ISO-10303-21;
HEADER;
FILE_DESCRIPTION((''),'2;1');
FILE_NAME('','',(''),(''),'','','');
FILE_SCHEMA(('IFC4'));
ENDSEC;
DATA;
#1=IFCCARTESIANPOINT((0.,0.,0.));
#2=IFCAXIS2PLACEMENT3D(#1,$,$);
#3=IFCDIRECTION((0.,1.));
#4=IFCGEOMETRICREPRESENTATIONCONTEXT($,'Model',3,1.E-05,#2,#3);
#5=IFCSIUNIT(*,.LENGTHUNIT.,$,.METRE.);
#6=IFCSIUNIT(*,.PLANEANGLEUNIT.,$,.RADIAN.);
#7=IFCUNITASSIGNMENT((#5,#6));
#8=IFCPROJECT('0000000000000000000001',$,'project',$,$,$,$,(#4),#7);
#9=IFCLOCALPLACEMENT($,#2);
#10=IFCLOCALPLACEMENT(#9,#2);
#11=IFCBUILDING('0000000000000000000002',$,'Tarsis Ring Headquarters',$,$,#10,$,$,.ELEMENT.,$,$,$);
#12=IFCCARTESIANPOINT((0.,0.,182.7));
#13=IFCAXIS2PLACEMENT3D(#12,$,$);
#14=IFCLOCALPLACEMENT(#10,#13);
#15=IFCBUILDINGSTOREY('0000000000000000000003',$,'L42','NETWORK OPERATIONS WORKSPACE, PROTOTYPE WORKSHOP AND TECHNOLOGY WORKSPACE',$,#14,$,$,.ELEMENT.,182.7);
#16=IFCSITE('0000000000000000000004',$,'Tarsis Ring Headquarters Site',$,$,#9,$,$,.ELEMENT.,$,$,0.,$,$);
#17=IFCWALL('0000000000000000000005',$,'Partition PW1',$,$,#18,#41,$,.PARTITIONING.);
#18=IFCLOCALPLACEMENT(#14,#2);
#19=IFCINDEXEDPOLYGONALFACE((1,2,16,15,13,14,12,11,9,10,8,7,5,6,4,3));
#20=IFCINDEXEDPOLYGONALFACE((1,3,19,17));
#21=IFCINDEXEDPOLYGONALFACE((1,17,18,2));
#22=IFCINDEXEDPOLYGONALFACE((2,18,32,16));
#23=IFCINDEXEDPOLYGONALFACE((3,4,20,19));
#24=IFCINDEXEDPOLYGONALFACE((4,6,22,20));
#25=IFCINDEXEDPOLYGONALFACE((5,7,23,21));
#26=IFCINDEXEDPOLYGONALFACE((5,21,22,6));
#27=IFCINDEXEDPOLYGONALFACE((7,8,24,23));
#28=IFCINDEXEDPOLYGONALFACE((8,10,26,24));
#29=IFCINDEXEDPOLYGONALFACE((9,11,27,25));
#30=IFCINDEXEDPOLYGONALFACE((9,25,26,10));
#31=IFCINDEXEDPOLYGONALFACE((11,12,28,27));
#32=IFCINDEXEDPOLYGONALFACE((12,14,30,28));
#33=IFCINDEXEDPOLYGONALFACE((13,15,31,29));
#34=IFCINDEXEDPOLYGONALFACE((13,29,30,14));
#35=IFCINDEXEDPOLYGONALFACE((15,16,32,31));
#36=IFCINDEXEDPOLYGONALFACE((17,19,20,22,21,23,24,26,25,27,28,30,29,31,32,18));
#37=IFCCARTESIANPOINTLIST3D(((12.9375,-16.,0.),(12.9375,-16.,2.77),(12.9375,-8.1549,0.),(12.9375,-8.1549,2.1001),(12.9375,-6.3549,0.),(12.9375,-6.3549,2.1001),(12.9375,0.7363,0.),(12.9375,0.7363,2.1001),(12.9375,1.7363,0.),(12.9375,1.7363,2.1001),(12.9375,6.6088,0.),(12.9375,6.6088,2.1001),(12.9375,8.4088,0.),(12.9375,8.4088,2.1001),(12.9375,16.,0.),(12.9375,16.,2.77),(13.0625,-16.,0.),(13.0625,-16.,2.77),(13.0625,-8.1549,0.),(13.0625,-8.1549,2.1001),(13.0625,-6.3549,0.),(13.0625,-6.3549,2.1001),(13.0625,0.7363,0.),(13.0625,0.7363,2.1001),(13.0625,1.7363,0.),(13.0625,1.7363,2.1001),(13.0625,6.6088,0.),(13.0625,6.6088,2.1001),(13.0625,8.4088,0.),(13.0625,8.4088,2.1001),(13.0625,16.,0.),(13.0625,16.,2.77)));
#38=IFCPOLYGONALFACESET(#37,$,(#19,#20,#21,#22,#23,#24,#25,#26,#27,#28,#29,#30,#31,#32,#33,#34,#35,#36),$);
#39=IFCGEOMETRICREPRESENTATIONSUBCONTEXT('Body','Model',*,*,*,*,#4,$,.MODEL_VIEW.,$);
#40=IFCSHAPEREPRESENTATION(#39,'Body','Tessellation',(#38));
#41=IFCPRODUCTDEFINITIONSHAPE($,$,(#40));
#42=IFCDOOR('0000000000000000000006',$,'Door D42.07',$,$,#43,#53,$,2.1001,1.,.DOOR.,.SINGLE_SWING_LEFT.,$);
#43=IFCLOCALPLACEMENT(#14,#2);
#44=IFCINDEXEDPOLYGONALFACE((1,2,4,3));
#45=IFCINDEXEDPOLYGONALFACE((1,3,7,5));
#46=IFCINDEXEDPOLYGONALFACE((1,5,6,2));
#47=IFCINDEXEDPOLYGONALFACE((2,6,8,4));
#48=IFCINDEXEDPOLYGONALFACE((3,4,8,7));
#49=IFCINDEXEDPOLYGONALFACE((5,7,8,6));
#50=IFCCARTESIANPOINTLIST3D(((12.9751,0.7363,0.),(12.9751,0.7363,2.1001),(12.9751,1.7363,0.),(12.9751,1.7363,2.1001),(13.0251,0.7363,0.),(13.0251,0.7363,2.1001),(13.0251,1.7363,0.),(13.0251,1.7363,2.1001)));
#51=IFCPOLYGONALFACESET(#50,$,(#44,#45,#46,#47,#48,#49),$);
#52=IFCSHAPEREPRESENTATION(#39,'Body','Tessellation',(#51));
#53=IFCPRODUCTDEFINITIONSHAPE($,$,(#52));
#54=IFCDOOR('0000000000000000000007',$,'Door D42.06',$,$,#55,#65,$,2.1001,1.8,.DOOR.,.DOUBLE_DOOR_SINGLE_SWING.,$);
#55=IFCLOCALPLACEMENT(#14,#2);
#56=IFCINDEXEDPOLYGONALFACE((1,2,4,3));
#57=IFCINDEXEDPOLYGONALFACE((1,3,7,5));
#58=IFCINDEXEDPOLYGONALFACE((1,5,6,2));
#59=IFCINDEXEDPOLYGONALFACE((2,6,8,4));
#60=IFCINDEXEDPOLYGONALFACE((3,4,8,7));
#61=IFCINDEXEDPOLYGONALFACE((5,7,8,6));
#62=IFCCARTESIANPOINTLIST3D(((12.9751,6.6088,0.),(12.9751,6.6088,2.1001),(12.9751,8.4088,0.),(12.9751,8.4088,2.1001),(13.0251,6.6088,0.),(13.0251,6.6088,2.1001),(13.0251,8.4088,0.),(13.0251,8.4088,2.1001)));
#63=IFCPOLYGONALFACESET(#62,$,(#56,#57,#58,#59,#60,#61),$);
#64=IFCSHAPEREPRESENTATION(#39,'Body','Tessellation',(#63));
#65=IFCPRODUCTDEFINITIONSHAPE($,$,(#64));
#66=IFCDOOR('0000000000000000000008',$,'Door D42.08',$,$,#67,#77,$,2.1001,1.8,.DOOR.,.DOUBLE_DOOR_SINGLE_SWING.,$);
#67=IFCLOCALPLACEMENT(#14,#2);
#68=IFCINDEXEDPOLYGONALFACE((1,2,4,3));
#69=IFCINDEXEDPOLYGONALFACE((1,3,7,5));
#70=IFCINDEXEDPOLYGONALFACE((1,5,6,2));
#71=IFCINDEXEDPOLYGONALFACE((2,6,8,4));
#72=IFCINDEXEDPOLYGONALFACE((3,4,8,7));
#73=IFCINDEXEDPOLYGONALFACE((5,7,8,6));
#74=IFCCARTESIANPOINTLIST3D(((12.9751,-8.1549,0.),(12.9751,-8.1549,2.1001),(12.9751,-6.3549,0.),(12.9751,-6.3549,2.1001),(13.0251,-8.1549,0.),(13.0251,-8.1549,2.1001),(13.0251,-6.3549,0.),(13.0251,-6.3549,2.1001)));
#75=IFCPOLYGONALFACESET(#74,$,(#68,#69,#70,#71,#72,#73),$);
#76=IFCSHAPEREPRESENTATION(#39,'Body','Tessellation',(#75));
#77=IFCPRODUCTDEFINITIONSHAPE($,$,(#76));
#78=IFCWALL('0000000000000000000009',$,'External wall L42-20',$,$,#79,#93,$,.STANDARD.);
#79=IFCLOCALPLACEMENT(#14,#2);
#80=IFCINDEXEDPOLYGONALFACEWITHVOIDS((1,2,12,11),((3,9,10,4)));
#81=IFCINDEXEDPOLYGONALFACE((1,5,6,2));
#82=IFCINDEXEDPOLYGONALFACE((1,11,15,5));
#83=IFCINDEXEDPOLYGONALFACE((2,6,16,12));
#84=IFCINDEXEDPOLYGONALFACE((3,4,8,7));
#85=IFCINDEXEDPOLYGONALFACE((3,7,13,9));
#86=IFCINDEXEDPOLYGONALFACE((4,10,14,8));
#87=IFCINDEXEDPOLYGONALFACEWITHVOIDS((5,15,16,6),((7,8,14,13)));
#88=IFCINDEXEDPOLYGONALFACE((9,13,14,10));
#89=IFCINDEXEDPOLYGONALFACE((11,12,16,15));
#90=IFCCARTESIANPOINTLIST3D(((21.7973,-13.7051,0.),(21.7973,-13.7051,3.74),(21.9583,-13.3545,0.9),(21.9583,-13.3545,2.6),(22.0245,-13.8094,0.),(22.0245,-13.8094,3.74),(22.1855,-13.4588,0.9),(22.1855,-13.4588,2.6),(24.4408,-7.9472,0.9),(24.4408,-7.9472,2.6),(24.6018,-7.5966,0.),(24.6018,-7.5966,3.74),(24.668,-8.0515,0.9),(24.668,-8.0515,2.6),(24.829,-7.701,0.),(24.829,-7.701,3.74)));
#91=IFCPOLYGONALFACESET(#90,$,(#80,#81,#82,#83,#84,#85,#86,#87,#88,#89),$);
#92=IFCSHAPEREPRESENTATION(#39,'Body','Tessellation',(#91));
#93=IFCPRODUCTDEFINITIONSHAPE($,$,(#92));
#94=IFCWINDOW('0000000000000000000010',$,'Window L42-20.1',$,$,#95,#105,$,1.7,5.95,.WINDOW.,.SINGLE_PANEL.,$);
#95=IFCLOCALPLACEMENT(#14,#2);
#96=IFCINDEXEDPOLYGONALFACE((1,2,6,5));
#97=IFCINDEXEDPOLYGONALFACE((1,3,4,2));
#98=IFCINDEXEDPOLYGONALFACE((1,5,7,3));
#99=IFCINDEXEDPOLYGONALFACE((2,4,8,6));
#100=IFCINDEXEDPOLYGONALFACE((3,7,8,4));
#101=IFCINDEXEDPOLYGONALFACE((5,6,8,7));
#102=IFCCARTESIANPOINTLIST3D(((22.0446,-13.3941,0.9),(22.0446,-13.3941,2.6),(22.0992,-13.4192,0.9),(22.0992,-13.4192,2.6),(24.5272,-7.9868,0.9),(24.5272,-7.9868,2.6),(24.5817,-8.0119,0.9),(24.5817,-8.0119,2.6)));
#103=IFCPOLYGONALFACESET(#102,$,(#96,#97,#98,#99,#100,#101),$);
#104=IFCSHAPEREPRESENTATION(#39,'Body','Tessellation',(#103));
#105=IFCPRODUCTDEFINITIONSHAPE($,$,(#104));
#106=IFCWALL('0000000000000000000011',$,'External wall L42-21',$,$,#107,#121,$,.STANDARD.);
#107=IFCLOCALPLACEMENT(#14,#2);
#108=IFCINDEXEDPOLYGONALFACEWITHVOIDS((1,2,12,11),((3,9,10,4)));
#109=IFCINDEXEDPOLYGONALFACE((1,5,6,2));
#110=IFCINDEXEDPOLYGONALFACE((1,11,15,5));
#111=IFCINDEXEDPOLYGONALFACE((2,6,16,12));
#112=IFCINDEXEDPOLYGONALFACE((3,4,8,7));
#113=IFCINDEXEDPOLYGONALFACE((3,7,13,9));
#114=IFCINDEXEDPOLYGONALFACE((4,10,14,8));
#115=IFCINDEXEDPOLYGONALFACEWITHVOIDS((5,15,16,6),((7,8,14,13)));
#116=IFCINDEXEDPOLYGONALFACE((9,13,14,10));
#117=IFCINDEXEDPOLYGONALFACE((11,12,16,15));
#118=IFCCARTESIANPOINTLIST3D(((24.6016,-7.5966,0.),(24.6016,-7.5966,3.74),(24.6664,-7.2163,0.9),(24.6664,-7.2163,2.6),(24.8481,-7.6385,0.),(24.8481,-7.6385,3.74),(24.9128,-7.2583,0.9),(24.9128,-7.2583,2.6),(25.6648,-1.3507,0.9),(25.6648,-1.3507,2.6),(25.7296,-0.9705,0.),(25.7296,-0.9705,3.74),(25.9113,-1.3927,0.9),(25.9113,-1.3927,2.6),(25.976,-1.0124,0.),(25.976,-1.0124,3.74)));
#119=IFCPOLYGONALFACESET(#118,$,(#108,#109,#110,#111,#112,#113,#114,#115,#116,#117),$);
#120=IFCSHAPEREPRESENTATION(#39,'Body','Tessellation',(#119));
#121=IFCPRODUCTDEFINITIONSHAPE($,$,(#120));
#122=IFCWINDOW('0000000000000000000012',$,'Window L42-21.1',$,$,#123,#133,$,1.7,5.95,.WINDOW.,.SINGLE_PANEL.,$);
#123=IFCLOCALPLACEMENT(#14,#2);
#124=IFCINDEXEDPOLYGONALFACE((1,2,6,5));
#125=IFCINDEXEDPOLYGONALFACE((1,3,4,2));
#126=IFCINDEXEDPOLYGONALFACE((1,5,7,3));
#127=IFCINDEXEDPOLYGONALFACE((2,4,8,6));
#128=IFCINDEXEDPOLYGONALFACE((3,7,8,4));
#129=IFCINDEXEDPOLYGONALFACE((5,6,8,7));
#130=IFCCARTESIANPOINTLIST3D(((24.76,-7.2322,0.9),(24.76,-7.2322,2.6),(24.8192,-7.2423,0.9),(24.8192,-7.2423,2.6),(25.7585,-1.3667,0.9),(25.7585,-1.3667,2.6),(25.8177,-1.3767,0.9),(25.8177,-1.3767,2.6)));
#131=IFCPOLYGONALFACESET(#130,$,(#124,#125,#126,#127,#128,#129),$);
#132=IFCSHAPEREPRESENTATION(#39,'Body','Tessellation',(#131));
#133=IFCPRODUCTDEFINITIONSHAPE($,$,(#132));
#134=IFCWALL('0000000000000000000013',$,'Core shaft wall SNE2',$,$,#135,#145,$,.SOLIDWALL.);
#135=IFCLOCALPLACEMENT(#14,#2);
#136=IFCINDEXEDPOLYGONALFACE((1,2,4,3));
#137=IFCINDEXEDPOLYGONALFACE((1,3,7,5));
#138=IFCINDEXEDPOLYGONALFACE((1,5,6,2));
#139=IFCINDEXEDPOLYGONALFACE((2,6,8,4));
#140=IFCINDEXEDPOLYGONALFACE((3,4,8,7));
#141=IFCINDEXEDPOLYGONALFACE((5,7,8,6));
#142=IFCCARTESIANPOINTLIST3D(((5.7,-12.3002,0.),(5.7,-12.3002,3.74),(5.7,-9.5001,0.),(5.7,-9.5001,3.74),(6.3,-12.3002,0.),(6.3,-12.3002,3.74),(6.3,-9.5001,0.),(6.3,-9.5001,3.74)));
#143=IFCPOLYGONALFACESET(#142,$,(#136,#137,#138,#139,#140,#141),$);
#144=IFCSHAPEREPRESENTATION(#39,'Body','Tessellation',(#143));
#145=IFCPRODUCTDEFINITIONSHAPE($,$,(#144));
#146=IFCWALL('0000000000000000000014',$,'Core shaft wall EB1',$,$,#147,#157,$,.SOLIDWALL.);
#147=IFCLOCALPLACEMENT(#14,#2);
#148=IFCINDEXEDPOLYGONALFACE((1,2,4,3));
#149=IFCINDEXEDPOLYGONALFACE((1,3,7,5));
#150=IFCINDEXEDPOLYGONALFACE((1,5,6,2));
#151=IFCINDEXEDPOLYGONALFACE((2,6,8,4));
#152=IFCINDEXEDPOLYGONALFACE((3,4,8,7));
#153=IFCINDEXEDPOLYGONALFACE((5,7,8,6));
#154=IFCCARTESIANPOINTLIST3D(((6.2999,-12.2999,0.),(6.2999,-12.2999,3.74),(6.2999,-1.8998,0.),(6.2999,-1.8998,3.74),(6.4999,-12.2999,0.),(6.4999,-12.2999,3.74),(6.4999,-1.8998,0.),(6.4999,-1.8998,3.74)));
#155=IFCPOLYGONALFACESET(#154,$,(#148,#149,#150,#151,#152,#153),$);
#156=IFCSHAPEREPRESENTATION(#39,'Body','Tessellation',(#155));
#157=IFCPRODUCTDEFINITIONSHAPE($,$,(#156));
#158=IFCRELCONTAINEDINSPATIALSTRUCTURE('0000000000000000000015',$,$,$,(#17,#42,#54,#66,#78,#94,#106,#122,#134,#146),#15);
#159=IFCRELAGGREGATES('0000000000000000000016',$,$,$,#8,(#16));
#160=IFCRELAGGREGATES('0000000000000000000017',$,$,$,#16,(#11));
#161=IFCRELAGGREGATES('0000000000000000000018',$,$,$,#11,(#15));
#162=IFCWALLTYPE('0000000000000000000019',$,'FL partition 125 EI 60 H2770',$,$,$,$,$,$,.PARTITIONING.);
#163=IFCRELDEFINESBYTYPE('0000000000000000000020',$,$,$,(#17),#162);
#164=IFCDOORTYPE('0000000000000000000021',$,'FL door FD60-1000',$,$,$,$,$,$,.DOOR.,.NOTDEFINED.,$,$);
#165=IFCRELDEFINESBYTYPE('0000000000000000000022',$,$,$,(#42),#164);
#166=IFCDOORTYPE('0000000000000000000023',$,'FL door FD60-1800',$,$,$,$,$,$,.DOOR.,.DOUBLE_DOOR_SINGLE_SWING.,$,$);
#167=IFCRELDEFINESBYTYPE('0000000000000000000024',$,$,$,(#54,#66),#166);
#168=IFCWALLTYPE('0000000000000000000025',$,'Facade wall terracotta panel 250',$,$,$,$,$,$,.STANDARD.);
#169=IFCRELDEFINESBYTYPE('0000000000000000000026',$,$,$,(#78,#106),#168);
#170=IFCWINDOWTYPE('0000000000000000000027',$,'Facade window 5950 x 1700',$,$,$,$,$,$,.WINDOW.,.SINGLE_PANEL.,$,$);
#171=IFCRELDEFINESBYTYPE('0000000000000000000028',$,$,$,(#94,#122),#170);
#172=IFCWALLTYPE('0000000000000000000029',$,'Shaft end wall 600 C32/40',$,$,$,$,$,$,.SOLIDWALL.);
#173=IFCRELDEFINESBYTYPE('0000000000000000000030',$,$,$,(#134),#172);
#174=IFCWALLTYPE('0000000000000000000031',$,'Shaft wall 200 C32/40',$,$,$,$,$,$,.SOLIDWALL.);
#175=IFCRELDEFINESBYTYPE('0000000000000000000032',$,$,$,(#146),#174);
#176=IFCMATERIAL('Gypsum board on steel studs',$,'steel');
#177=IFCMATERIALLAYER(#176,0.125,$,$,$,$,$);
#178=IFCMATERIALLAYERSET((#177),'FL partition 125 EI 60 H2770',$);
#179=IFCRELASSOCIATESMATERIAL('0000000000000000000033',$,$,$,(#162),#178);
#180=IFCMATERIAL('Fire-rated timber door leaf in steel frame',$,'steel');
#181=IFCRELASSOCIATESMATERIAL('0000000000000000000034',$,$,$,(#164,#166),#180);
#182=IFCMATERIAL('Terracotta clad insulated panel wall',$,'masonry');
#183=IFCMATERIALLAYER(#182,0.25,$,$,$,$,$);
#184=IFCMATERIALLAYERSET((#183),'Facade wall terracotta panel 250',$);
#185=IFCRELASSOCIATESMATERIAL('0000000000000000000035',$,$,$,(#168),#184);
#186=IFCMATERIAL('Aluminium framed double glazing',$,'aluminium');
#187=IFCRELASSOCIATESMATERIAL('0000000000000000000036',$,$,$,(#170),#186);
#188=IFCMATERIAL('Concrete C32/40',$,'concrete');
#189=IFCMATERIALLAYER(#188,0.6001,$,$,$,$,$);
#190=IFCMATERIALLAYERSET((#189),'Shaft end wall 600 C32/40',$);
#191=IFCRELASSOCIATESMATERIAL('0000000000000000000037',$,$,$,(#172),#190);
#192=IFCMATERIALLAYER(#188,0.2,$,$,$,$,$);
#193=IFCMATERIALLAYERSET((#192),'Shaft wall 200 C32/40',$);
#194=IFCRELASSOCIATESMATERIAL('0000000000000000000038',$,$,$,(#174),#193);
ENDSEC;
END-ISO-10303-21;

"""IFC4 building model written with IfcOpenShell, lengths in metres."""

from ifc_helpers import new_model, si_unit, direction, frame, frame_2d, origin, place, context, subcontext, project, spatial, rectangle, extrude, material, layer, layer_set, type_object, element, fill, save


model = new_model("IFC4")

# Units and contexts
model_context = context("Model", 3, precision=1e-05, world=origin(), true_north=direction((0.0, 1.0)))
body_context = subcontext(model_context, "Body", "Model", "MODEL_VIEW")
ifc_project = project(units=[si_unit("LENGTHUNIT", "METRE"), si_unit("PLANEANGLEUNIT", "RADIAN")], contexts=[model_context])

# Site, building, storey
site_placement = place(None, origin())
site = spatial("IfcSite", under=ifc_project, at=site_placement, Name="Tarsis Ring Headquarters Site", CompositionType="ELEMENT", RefElevation=0.0)
building_placement = place(site_placement, origin())
building = spatial("IfcBuilding", under=site, at=building_placement, Name="Tarsis Ring Headquarters", CompositionType="ELEMENT")
storey_placement = place(building_placement, frame((0.0, 0.0, 182.7)))
storey = spatial("IfcBuildingStorey", under=building, at=storey_placement, Name="L42", Description="NETWORK OPERATIONS WORKSPACE, PROTOTYPE WORKSHOP AND TECHNOLOGY WORKSPACE", CompositionType="ELEMENT", Elevation=182.7)

# Shared definitions
ifc_material_1 = material(Name="Gypsum board on steel studs", Category="steel")

# Wall, openings, doors
ifc_layer_1 = layer(ifc_material_1, 0.125)
ifc_layer_set_1 = layer_set([ifc_layer_1], Name="FL partition 125 EI 60 H2770")
wall_type_1 = type_object("IfcWallType", Name="FL partition 125 EI 60 H2770", PredefinedType="PARTITIONING", material=ifc_layer_set_1)
wall_1_placement = place(storey_placement, frame((13.0, -16.0, 0.0), z_axis=(0.0, 0.0, 1.0), x_axis=(0.0, 1.0, 0.0)))
wall_1 = element("IfcWall", 1, at=wall_1_placement, inside=storey, type_object=wall_type_1, Name="Partition PW1", PredefinedType="PARTITIONING", context=body_context, shape_type="SweptSolid", body=[
    extrude(rectangle(XDim=32.0, YDim=0.125, at=frame_2d((16.0, 0.0))), origin(), (0.0, 0.0, 1.0), 2.77),
])
opening_1_placement = place(wall_1_placement, frame((22.6089, 0.0, 0.0)))
opening_1 = element("IfcOpeningElement", 2, at=opening_1_placement, cuts=wall_1, PredefinedType="OPENING", context=body_context, shape_type="SweptSolid", body=[
    extrude(rectangle(XDim=1.8, YDim=2.1001, at=frame_2d((0.8999, 1.05))), frame((0.0, 0.0725, 0.0), z_axis=(0.0, -1.0, 0.0), x_axis=(1.0, 0.0, 0.0)), (0.0, 0.0, 1.0), 0.145),
])
opening_2_placement = place(wall_1_placement, frame((16.7363, 0.0, 0.0)))
opening_2 = element("IfcOpeningElement", 3, at=opening_2_placement, cuts=wall_1, PredefinedType="OPENING", context=body_context, shape_type="SweptSolid", body=[
    extrude(rectangle(XDim=1.0, YDim=2.1001, at=frame_2d((0.5, 1.05))), frame((0.0, 0.0725, 0.0), z_axis=(0.0, -1.0, 0.0), x_axis=(1.0, 0.0, 0.0)), (0.0, 0.0, 1.0), 0.145),
])
opening_3_placement = place(wall_1_placement, frame((7.8452, 0.0, 0.0)))
opening_3 = element("IfcOpeningElement", 4, at=opening_3_placement, cuts=wall_1, PredefinedType="OPENING", context=body_context, shape_type="SweptSolid", body=[
    extrude(rectangle(XDim=1.8, YDim=2.1001, at=frame_2d((0.8999, 1.05))), frame((0.0, 0.0725, 0.0), z_axis=(0.0, -1.0, 0.0), x_axis=(1.0, 0.0, 0.0)), (0.0, 0.0, 1.0), 0.145),
])
ifc_material_2 = material(Name="Fire-rated timber door leaf in steel frame", Category="steel")
door_type_1 = type_object("IfcDoorType", Name="FL door FD60-1000", OperationType="NOTDEFINED", PredefinedType="DOOR", material=ifc_material_2)
door_1_placement = place(opening_2_placement, origin())
door_1 = element("IfcDoor", 5, at=door_1_placement, inside=storey, type_object=door_type_1, Name="Door D42.07", OperationType="SINGLE_SWING_LEFT", OverallHeight=2.1001, OverallWidth=1.0, PredefinedType="DOOR", context=body_context, shape_type="SweptSolid", body=[
    extrude(rectangle(XDim=1.0, YDim=2.1001, at=frame_2d((0.5, 1.05))), frame((0.0, 0.0249, 0.0), z_axis=(0.0, -1.0, 0.0), x_axis=(1.0, 0.0, 0.0)), (0.0, 0.0, 1.0), 0.05),
])
fill(opening_2, door_1)
door_type_2 = type_object("IfcDoorType", Name="FL door FD60-1800", OperationType="DOUBLE_DOOR_SINGLE_SWING", PredefinedType="DOOR", material=ifc_material_2)
door_2_placement = place(opening_1_placement, origin())
door_2 = element("IfcDoor", 6, at=door_2_placement, inside=storey, type_object=door_type_2, Name="Door D42.06", OperationType="DOUBLE_DOOR_SINGLE_SWING", OverallHeight=2.1001, OverallWidth=1.8, PredefinedType="DOOR", context=body_context, shape_type="SweptSolid", body=[
    extrude(rectangle(XDim=1.8, YDim=2.1001, at=frame_2d((0.8999, 1.05))), frame((0.0, 0.0249, 0.0), z_axis=(0.0, -1.0, 0.0), x_axis=(1.0, 0.0, 0.0)), (0.0, 0.0, 1.0), 0.05),
])
fill(opening_1, door_2)
door_3_placement = place(opening_3_placement, origin())
door_3 = element("IfcDoor", 7, at=door_3_placement, inside=storey, type_object=door_type_2, Name="Door D42.08", OperationType="DOUBLE_DOOR_SINGLE_SWING", OverallHeight=2.1001, OverallWidth=1.8, PredefinedType="DOOR", context=body_context, shape_type="SweptSolid", body=[
    extrude(rectangle(XDim=1.8, YDim=2.1001, at=frame_2d((0.8999, 1.05))), frame((0.0, 0.0249, 0.0), z_axis=(0.0, -1.0, 0.0), x_axis=(1.0, 0.0, 0.0)), (0.0, 0.0, 1.0), 0.05),
])
fill(opening_3, door_3)

# Walls, openings, windows
ifc_material_3 = material(Name="Terracotta clad insulated panel wall", Category="masonry")
ifc_layer_2 = layer(ifc_material_3, 0.25)
ifc_layer_set_2 = layer_set([ifc_layer_2], Name="Facade wall terracotta panel 250")
wall_type_2 = type_object("IfcWallType", Name="Facade wall terracotta panel 250", PredefinedType="STANDARD", material=ifc_layer_set_2)
wall_2_placement = place(storey_placement, frame((21.9109, -13.7573, 0.0), z_axis=(0.0, 0.0, 1.0), x_axis=(0.41724, 0.908796, 0.0)))
wall_2 = element("IfcWall", 8, at=wall_2_placement, inside=storey, type_object=wall_type_2, Name="External wall L42-20", PredefinedType="STANDARD", context=body_context, shape_type="SweptSolid", body=[
    extrude(rectangle(XDim=6.7214, YDim=0.25, at=frame_2d((3.3608, 0.0))), origin(), (0.0, 0.0, 1.0), 3.74),
])
opening_4_placement = place(wall_2_placement, frame((0.3857, 0.0, 0.8999)))
opening_4 = element("IfcOpeningElement", 9, at=opening_4_placement, cuts=wall_2, PredefinedType="OPENING", context=body_context, shape_type="SweptSolid", body=[
    extrude(rectangle(XDim=5.95, YDim=1.7, at=frame_2d((2.9751, 0.8501))), frame((0.0, 0.135, 0.0), z_axis=(0.0, -1.0, 0.0), x_axis=(1.0, 0.0, 0.0)), (0.0, 0.0, 1.0), 0.27),
])
ifc_material_4 = material(Name="Aluminium framed double glazing", Category="aluminium")
window_type = type_object("IfcWindowType", Name="Facade window 5950 x 1700", PartitioningType="SINGLE_PANEL", PredefinedType="WINDOW", material=ifc_material_4)
window_1_placement = place(opening_4_placement, origin())
window_1 = element("IfcWindow", 10, at=window_1_placement, inside=storey, type_object=window_type, Name="Window L42-20.1", OverallHeight=1.7, OverallWidth=5.95, PartitioningType="SINGLE_PANEL", PredefinedType="WINDOW", context=body_context, shape_type="SweptSolid", body=[
    extrude(rectangle(XDim=5.95, YDim=1.7, at=frame_2d((2.9751, 0.8501))), frame((0.0, 0.03, 0.0), z_axis=(0.0, -1.0, 0.0), x_axis=(1.0, 0.0, 0.0)), (0.0, 0.0, 1.0), 0.0601),
])
fill(opening_4, window_1)
wall_3_placement = place(storey_placement, frame((24.7249, -7.6177, 0.0), z_axis=(0.0, 0.0, 1.0), x_axis=(0.167808, 0.98582, 0.0)))
wall_3 = element("IfcWall", 11, at=wall_3_placement, inside=storey, type_object=wall_type_2, Name="External wall L42-21", PredefinedType="STANDARD", context=body_context, shape_type="SweptSolid", body=[
    extrude(rectangle(XDim=6.7214, YDim=0.25, at=frame_2d((3.3608, 0.0))), origin(), (0.0, 0.0, 1.0), 3.74),
])
opening_5_placement = place(wall_3_placement, frame((0.3857, 0.0, 0.8999)))
opening_5 = element("IfcOpeningElement", 12, at=opening_5_placement, cuts=wall_3, PredefinedType="OPENING", context=body_context, shape_type="SweptSolid", body=[
    extrude(rectangle(XDim=5.95, YDim=1.7, at=frame_2d((2.9751, 0.8501))), frame((0.0, 0.135, 0.0), z_axis=(0.0, -1.0, 0.0), x_axis=(1.0, 0.0, 0.0)), (0.0, 0.0, 1.0), 0.27),
])
window_2_placement = place(opening_5_placement, origin())
window_2 = element("IfcWindow", 13, at=window_2_placement, inside=storey, type_object=window_type, Name="Window L42-21.1", OverallHeight=1.7, OverallWidth=5.95, PartitioningType="SINGLE_PANEL", PredefinedType="WINDOW", context=body_context, shape_type="SweptSolid", body=[
    extrude(rectangle(XDim=5.95, YDim=1.7, at=frame_2d((2.9751, 0.8501))), frame((0.0, 0.03, 0.0), z_axis=(0.0, -1.0, 0.0), x_axis=(1.0, 0.0, 0.0)), (0.0, 0.0, 1.0), 0.0601),
])
fill(opening_5, window_2)

# Walls
ifc_material_5 = material(Name="Concrete C32/40", Category="concrete")
ifc_layer_3 = layer(ifc_material_5, 0.6001)
ifc_layer_set_3 = layer_set([ifc_layer_3], Name="Shaft end wall 600 C32/40")
wall_type_3 = type_object("IfcWallType", Name="Shaft end wall 600 C32/40", PredefinedType="SOLIDWALL", material=ifc_layer_set_3)
wall_4_placement = place(storey_placement, frame((6.0, -12.3, 0.0), z_axis=(0.0, 0.0, 1.0), x_axis=(0.0, 1.0, 0.0)))
element("IfcWall", 14, at=wall_4_placement, inside=storey, type_object=wall_type_3, Name="Core shaft wall SNE2", PredefinedType="SOLIDWALL", context=body_context, shape_type="SweptSolid", body=[
    extrude(rectangle(XDim=2.8, YDim=0.6001, at=frame_2d((1.3999, 0.0))), origin(), (0.0, 0.0, 1.0), 3.74),
])
ifc_layer_4 = layer(ifc_material_5, 0.2)
ifc_layer_set_4 = layer_set([ifc_layer_4], Name="Shaft wall 200 C32/40")
wall_type_4 = type_object("IfcWallType", Name="Shaft wall 200 C32/40", PredefinedType="SOLIDWALL", material=ifc_layer_set_4)
wall_5_placement = place(storey_placement, frame((6.3999, -12.3, 0.0), z_axis=(0.0, 0.0, 1.0), x_axis=(0.0, 1.0, 0.0)))
element("IfcWall", 15, at=wall_5_placement, inside=storey, type_object=wall_type_4, Name="Core shaft wall EB1", PredefinedType="SOLIDWALL", context=body_context, shape_type="SweptSolid", body=[
    extrude(rectangle(XDim=10.4001, YDim=0.2, at=frame_2d((5.2002, 0.0))), origin(), (0.0, 0.0, 1.0), 3.74),
])

save(model, "model.ifc")
